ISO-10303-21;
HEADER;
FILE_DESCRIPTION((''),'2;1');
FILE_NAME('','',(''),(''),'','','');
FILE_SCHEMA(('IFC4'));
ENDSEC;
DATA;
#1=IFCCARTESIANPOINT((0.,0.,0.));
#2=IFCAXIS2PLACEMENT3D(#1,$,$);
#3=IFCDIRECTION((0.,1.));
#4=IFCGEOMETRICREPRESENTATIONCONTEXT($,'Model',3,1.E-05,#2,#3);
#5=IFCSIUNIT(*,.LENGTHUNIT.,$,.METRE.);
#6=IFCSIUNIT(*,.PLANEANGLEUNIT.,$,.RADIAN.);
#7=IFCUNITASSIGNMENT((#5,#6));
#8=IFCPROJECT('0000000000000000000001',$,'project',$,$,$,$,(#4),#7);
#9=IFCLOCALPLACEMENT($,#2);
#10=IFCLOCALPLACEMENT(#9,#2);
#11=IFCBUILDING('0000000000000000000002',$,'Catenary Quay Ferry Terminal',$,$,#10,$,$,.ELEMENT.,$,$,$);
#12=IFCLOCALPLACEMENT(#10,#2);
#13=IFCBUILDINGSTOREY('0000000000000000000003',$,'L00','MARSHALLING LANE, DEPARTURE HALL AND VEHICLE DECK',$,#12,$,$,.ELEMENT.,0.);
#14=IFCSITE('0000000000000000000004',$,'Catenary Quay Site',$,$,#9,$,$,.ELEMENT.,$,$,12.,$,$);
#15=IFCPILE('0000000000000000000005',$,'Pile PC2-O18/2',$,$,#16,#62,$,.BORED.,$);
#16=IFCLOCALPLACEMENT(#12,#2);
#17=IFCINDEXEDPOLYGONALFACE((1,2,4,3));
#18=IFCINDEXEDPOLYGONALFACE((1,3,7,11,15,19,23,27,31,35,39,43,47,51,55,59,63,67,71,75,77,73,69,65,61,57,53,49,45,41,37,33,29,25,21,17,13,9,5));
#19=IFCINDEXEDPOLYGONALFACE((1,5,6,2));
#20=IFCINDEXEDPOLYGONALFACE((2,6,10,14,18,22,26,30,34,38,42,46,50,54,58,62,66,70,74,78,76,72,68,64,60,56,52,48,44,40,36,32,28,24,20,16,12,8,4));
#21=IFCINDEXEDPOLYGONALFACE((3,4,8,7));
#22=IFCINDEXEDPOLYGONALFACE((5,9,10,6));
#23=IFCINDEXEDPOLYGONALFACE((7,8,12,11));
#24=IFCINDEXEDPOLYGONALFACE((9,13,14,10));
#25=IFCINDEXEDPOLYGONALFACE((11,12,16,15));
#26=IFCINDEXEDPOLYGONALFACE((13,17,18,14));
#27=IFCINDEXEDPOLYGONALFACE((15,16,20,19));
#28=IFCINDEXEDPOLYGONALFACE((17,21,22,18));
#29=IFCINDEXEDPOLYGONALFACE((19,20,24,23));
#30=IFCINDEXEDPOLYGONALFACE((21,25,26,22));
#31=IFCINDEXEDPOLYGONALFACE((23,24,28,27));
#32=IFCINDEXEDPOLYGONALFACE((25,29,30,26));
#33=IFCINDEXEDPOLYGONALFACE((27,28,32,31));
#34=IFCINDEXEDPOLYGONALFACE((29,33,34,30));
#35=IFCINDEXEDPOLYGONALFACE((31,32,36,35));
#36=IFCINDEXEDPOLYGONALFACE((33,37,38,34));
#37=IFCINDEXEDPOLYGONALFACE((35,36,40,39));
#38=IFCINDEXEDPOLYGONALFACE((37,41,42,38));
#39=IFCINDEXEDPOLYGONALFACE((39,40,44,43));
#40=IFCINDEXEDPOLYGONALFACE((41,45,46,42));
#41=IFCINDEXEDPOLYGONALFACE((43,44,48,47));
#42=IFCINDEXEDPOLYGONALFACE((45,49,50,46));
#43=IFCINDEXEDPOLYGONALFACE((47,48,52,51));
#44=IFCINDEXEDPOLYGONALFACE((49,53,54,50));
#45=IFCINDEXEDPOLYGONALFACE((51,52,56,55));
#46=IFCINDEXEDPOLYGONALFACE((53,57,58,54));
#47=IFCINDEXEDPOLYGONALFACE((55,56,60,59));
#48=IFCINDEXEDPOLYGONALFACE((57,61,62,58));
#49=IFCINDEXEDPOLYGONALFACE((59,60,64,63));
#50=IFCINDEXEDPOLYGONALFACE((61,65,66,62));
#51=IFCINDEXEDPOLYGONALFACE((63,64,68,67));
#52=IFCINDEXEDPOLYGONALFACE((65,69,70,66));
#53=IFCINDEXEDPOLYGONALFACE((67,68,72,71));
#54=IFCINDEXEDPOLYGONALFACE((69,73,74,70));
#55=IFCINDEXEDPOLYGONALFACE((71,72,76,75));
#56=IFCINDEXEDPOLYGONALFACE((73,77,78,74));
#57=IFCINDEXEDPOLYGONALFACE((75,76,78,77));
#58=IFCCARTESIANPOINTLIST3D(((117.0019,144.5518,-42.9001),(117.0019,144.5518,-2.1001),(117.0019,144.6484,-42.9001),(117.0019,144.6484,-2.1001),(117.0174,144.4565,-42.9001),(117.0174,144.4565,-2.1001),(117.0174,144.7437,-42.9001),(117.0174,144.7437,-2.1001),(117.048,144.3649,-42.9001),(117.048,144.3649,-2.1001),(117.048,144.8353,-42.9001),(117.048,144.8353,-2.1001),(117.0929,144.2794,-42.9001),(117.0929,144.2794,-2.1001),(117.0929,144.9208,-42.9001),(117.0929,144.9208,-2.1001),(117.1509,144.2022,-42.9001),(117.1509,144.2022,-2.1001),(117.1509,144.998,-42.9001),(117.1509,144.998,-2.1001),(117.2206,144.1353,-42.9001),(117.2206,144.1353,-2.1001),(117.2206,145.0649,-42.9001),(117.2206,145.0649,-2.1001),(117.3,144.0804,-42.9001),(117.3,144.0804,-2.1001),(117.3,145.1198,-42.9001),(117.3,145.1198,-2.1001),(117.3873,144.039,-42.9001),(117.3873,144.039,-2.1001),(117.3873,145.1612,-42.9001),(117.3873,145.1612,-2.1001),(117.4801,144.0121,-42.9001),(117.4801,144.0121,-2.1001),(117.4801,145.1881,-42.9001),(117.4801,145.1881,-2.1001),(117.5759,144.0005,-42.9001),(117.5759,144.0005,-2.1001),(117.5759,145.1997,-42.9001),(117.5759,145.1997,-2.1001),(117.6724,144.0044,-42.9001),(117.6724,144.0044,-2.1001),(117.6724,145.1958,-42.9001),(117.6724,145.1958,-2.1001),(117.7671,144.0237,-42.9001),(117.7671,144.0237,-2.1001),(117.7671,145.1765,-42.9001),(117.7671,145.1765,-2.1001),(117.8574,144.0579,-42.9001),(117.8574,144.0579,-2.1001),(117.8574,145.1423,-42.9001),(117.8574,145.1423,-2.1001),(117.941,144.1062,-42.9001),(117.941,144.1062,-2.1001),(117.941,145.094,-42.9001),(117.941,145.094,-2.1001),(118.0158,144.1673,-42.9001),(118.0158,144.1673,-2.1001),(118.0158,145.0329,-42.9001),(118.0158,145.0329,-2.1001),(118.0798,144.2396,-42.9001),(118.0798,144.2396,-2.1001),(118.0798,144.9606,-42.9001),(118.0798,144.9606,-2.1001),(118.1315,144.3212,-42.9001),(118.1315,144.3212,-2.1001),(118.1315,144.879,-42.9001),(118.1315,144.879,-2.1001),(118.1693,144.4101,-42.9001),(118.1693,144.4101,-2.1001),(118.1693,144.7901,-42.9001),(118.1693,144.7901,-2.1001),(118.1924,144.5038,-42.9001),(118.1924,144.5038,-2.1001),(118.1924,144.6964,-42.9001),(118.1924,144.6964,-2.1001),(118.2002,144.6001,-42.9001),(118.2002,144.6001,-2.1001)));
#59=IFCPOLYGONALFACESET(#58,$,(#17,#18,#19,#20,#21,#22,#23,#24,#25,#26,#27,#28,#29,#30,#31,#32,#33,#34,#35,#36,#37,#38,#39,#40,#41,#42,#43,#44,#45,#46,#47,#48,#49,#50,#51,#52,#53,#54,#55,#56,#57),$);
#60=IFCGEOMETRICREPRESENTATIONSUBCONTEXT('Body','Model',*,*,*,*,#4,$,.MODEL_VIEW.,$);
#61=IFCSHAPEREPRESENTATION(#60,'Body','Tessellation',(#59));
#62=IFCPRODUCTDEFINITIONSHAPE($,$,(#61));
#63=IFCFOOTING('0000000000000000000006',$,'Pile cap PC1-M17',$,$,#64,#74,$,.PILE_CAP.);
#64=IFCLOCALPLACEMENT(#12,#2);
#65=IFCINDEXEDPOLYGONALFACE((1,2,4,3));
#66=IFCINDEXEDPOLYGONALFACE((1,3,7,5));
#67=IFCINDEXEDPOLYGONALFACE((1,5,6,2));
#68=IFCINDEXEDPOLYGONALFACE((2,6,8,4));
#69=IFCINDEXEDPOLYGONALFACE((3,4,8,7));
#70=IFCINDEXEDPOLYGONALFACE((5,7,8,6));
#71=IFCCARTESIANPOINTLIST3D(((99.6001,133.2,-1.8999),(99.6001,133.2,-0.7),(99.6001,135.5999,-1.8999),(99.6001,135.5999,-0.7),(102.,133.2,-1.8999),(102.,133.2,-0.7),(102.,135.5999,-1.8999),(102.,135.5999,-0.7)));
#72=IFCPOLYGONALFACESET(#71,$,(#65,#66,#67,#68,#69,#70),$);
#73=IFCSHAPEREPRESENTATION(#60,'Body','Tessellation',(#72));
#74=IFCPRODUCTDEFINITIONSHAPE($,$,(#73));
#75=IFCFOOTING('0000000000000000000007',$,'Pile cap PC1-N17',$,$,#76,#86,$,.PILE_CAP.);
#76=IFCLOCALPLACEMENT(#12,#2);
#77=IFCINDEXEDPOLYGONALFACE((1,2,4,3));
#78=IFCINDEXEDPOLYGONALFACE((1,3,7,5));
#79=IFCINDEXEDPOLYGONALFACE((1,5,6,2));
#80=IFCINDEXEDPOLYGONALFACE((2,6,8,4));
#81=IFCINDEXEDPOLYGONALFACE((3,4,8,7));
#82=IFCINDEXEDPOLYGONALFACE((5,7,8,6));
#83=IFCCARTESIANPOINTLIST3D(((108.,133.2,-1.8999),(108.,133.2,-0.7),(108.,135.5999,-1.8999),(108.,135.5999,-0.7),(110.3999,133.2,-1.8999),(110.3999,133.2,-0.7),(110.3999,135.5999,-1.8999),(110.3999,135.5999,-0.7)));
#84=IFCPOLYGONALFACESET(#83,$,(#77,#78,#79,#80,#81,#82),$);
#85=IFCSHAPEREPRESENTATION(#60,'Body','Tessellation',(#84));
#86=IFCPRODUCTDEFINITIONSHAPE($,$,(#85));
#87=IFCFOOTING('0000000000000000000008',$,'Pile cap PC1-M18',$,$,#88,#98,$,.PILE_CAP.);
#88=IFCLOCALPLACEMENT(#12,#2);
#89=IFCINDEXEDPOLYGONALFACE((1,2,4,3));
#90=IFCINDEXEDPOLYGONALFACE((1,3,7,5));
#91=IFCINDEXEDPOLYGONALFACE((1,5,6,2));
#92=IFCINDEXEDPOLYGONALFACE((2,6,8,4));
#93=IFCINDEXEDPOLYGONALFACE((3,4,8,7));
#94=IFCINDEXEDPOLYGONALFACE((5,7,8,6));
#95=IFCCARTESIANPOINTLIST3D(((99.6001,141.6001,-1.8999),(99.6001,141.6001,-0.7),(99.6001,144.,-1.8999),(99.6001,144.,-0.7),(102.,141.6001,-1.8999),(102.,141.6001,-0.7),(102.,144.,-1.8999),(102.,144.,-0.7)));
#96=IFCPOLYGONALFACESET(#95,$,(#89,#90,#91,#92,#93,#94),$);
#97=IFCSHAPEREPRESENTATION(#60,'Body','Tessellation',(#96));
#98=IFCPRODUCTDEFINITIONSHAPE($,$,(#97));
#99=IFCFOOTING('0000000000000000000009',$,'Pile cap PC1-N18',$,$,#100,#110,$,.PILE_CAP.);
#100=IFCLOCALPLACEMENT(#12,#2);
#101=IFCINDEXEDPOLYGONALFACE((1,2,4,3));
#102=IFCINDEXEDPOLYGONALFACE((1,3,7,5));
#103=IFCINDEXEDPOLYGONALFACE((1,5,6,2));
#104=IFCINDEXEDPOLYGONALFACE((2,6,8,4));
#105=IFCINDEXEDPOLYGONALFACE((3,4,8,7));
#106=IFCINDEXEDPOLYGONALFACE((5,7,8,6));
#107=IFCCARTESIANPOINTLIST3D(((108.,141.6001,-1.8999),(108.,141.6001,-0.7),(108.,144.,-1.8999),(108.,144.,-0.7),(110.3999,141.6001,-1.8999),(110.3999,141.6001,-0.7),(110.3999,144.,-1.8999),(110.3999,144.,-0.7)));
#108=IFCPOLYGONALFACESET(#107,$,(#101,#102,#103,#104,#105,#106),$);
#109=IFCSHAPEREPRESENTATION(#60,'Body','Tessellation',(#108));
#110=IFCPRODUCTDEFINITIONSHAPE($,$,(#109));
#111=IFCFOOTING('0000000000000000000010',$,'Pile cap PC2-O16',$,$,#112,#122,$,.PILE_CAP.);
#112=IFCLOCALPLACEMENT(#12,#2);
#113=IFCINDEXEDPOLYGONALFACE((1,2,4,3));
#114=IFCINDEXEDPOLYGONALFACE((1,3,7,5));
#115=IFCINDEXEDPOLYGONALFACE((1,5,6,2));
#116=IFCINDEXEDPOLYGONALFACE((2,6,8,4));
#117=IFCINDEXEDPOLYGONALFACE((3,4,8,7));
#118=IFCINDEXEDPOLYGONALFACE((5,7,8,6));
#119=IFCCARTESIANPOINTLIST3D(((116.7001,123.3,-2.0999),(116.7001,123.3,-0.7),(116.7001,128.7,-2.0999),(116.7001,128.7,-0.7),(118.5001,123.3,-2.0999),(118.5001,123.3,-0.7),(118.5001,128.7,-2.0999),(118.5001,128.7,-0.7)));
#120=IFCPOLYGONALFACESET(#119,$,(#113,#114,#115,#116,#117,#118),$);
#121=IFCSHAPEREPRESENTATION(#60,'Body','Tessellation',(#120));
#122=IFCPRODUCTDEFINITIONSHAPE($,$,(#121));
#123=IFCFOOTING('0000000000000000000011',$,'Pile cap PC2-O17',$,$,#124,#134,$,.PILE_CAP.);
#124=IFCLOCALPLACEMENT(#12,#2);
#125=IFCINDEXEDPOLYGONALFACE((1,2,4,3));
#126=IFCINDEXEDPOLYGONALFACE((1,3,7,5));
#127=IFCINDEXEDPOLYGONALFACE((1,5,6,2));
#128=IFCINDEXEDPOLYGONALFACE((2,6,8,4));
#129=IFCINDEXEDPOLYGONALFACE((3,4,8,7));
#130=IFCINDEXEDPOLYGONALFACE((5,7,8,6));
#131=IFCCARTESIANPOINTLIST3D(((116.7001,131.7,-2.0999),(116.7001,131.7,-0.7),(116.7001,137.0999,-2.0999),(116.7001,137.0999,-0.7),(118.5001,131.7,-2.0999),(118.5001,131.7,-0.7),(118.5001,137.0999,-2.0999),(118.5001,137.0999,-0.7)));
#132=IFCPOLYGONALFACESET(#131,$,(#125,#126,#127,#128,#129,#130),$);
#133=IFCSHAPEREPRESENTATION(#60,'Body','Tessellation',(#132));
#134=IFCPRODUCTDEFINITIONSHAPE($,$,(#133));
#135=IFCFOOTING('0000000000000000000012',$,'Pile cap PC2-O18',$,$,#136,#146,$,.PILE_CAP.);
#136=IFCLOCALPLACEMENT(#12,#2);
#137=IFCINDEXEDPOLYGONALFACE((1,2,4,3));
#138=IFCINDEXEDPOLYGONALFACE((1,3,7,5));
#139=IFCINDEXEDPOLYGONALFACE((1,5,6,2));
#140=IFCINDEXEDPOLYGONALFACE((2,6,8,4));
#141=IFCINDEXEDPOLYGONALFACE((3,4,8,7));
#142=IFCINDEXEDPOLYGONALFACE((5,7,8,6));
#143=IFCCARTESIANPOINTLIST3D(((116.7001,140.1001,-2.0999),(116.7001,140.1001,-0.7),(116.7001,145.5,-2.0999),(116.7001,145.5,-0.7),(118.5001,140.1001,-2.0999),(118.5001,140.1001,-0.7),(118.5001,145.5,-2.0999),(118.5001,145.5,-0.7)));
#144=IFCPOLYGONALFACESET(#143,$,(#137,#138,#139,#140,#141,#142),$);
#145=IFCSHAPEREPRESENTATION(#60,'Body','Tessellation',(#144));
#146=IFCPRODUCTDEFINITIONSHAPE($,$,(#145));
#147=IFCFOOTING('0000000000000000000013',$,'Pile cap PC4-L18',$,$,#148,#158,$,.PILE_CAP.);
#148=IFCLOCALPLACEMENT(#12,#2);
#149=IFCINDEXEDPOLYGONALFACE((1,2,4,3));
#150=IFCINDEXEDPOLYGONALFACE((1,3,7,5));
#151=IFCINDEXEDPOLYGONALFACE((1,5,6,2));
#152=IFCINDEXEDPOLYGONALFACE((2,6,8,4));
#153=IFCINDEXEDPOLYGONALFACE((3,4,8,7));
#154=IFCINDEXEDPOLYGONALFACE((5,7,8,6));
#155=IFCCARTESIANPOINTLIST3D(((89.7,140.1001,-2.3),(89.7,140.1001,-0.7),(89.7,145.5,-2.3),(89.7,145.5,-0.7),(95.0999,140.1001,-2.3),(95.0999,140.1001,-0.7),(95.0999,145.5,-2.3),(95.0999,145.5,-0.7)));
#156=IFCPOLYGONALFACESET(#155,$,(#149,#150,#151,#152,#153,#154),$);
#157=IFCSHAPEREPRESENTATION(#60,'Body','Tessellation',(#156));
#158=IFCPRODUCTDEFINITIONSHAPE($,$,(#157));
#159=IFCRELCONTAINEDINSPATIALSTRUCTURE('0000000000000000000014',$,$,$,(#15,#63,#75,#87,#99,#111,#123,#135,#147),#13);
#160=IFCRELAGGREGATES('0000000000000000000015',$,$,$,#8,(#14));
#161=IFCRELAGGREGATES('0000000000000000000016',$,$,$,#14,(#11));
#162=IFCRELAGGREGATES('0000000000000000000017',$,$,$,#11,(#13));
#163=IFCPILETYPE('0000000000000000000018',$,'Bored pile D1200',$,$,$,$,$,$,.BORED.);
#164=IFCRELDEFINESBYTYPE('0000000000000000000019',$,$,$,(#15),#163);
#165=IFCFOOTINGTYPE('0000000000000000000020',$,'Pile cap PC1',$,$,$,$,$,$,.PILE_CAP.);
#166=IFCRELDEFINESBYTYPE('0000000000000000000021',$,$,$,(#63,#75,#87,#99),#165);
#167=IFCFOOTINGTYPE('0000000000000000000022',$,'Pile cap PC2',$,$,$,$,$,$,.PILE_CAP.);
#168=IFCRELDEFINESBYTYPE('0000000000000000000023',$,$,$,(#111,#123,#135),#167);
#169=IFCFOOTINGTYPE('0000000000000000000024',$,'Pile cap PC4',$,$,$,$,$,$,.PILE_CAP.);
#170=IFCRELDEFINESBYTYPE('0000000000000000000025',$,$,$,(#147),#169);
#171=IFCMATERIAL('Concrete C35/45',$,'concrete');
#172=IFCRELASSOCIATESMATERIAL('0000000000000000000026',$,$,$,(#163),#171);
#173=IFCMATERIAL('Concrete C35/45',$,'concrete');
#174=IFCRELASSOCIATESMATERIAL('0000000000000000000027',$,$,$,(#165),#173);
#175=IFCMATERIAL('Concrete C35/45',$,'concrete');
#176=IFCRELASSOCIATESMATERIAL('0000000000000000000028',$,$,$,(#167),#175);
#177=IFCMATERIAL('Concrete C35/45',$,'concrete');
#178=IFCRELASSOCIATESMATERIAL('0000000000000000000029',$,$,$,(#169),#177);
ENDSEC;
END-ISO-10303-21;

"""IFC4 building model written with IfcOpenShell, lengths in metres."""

from ifc_helpers import new_model, si_unit, direction, frame, origin, origin_2d, place, context, subcontext, project, spatial, rectangle, circle, extrude, material, material_profile, profile_set, type_object, element, save


model = new_model("IFC4")

# Units and contexts
model_context = context("Model", 3, precision=1e-05, world=origin(), true_north=direction((0.0, 1.0)))
body_context = subcontext(model_context, "Body", "Model", "MODEL_VIEW")
ifc_project = project(units=[si_unit("LENGTHUNIT", "METRE"), si_unit("PLANEANGLEUNIT", "RADIAN")], contexts=[model_context])

# Site, building, storey
site_placement = place(None, origin())
site = spatial("IfcSite", under=ifc_project, at=site_placement, Name="Catenary Quay Site", CompositionType="ELEMENT", RefElevation=12.0)
building_placement = place(site_placement, origin())
building = spatial("IfcBuilding", under=site, at=building_placement, Name="Catenary Quay Ferry Terminal", CompositionType="ELEMENT")
storey_placement = place(building_placement, origin())
storey = spatial("IfcBuildingStorey", under=building, at=storey_placement, Name="L00", Description="MARSHALLING LANE, DEPARTURE HALL AND VEHICLE DECK", CompositionType="ELEMENT", Elevation=0.0)

# Pile
ifc_material_1 = material(Name="Concrete C35/45", Category="concrete")
ifc_material_profile_1 = material_profile(ifc_material_1, circle(Radius=0.6001, at=origin_2d()), Name="D1200")
ifc_profile_set_1 = profile_set([ifc_material_profile_1], Name="Concrete C35/45")
pile_type = type_object("IfcPileType", Name="Bored pile D1200", PredefinedType="BORED", material=ifc_profile_set_1)
for number, where, z_axis, x_axis, name in (
    (1, (117.6001, 144.6001, -2.1001), (0.0, 0.0, -1.0), (1.0, 0.0, 0.0), "Pile PC2-O18/2"),
):
    element("IfcPile", number, at=place(storey_placement, frame(where, z_axis=z_axis, x_axis=x_axis)), inside=storey, type_object=pile_type, Name=name, PredefinedType="BORED", context=body_context, shape_type="SweptSolid", body=[
        extrude(circle(Radius=0.6001, at=origin_2d()), origin(), (0.0, 0.0, 1.0), 40.8),
    ])

# Footings
ifc_material_2 = material(Name="Concrete C35/45", Category="concrete")
footing_type_1 = type_object("IfcFootingType", Name="Pile cap PC1", PredefinedType="PILE_CAP", material=ifc_material_2)
for number, where, z_axis, x_axis, name in (
    (2, (100.8, 134.3999, -1.8999), (0.0, 0.0, 1.0), (1.0, 0.0, 0.0), "Pile cap PC1-M17"),
    (3, (109.2, 134.3999, -1.8999), (0.0, 0.0, 1.0), (1.0, 0.0, 0.0), "Pile cap PC1-N17"),
    (4, (100.8, 142.8, -1.8999), (0.0, 0.0, 1.0), (1.0, 0.0, 0.0), "Pile cap PC1-M18"),
    (5, (109.2, 142.8, -1.8999), (0.0, 0.0, 1.0), (1.0, 0.0, 0.0), "Pile cap PC1-N18"),
):
    element("IfcFooting", number, at=place(storey_placement, frame(where, z_axis=z_axis, x_axis=x_axis)), inside=storey, type_object=footing_type_1, Name=name, PredefinedType="PILE_CAP", context=body_context, shape_type="SweptSolid", body=[
        extrude(rectangle(XDim=2.3999, YDim=2.3999, at=origin_2d()), origin(), (0.0, 0.0, 1.0), 1.2),
    ])
ifc_material_3 = material(Name="Concrete C35/45", Category="concrete")
footing_type_2 = type_object("IfcFootingType", Name="Pile cap PC2", PredefinedType="PILE_CAP", material=ifc_material_3)
for number, where, z_axis, x_axis, name in (
    (6, (117.6001, 126.0, -2.0999), (0.0, 0.0, 1.0), (1.0, 0.0, 0.0), "Pile cap PC2-O16"),
    (7, (117.6001, 134.3999, -2.0999), (0.0, 0.0, 1.0), (1.0, 0.0, 0.0), "Pile cap PC2-O17"),
    (8, (117.6001, 142.8, -2.0999), (0.0, 0.0, 1.0), (1.0, 0.0, 0.0), "Pile cap PC2-O18"),
):
    element("IfcFooting", number, at=place(storey_placement, frame(where, z_axis=z_axis, x_axis=x_axis)), inside=storey, type_object=footing_type_2, Name=name, PredefinedType="PILE_CAP", context=body_context, shape_type="SweptSolid", body=[
        extrude(rectangle(XDim=1.8, YDim=5.3999, at=origin_2d()), origin(), (0.0, 0.0, 1.0), 1.3999),
    ])
ifc_material_4 = material(Name="Concrete C35/45", Category="concrete")
footing_type_3 = type_object("IfcFootingType", Name="Pile cap PC4", PredefinedType="PILE_CAP", material=ifc_material_4)
footing_placement = place(storey_placement, frame((92.3999, 142.8, -2.3), z_axis=(0.0, 0.0, 1.0), x_axis=(1.0, 0.0, 0.0)))
element("IfcFooting", 9, at=footing_placement, inside=storey, type_object=footing_type_3, Name="Pile cap PC4-L18", PredefinedType="PILE_CAP", context=body_context, shape_type="SweptSolid", body=[
    extrude(rectangle(XDim=5.3999, YDim=5.3999, at=origin_2d()), origin(), (0.0, 0.0, 1.0), 1.6001),
])

save(model, "model.ifc")
